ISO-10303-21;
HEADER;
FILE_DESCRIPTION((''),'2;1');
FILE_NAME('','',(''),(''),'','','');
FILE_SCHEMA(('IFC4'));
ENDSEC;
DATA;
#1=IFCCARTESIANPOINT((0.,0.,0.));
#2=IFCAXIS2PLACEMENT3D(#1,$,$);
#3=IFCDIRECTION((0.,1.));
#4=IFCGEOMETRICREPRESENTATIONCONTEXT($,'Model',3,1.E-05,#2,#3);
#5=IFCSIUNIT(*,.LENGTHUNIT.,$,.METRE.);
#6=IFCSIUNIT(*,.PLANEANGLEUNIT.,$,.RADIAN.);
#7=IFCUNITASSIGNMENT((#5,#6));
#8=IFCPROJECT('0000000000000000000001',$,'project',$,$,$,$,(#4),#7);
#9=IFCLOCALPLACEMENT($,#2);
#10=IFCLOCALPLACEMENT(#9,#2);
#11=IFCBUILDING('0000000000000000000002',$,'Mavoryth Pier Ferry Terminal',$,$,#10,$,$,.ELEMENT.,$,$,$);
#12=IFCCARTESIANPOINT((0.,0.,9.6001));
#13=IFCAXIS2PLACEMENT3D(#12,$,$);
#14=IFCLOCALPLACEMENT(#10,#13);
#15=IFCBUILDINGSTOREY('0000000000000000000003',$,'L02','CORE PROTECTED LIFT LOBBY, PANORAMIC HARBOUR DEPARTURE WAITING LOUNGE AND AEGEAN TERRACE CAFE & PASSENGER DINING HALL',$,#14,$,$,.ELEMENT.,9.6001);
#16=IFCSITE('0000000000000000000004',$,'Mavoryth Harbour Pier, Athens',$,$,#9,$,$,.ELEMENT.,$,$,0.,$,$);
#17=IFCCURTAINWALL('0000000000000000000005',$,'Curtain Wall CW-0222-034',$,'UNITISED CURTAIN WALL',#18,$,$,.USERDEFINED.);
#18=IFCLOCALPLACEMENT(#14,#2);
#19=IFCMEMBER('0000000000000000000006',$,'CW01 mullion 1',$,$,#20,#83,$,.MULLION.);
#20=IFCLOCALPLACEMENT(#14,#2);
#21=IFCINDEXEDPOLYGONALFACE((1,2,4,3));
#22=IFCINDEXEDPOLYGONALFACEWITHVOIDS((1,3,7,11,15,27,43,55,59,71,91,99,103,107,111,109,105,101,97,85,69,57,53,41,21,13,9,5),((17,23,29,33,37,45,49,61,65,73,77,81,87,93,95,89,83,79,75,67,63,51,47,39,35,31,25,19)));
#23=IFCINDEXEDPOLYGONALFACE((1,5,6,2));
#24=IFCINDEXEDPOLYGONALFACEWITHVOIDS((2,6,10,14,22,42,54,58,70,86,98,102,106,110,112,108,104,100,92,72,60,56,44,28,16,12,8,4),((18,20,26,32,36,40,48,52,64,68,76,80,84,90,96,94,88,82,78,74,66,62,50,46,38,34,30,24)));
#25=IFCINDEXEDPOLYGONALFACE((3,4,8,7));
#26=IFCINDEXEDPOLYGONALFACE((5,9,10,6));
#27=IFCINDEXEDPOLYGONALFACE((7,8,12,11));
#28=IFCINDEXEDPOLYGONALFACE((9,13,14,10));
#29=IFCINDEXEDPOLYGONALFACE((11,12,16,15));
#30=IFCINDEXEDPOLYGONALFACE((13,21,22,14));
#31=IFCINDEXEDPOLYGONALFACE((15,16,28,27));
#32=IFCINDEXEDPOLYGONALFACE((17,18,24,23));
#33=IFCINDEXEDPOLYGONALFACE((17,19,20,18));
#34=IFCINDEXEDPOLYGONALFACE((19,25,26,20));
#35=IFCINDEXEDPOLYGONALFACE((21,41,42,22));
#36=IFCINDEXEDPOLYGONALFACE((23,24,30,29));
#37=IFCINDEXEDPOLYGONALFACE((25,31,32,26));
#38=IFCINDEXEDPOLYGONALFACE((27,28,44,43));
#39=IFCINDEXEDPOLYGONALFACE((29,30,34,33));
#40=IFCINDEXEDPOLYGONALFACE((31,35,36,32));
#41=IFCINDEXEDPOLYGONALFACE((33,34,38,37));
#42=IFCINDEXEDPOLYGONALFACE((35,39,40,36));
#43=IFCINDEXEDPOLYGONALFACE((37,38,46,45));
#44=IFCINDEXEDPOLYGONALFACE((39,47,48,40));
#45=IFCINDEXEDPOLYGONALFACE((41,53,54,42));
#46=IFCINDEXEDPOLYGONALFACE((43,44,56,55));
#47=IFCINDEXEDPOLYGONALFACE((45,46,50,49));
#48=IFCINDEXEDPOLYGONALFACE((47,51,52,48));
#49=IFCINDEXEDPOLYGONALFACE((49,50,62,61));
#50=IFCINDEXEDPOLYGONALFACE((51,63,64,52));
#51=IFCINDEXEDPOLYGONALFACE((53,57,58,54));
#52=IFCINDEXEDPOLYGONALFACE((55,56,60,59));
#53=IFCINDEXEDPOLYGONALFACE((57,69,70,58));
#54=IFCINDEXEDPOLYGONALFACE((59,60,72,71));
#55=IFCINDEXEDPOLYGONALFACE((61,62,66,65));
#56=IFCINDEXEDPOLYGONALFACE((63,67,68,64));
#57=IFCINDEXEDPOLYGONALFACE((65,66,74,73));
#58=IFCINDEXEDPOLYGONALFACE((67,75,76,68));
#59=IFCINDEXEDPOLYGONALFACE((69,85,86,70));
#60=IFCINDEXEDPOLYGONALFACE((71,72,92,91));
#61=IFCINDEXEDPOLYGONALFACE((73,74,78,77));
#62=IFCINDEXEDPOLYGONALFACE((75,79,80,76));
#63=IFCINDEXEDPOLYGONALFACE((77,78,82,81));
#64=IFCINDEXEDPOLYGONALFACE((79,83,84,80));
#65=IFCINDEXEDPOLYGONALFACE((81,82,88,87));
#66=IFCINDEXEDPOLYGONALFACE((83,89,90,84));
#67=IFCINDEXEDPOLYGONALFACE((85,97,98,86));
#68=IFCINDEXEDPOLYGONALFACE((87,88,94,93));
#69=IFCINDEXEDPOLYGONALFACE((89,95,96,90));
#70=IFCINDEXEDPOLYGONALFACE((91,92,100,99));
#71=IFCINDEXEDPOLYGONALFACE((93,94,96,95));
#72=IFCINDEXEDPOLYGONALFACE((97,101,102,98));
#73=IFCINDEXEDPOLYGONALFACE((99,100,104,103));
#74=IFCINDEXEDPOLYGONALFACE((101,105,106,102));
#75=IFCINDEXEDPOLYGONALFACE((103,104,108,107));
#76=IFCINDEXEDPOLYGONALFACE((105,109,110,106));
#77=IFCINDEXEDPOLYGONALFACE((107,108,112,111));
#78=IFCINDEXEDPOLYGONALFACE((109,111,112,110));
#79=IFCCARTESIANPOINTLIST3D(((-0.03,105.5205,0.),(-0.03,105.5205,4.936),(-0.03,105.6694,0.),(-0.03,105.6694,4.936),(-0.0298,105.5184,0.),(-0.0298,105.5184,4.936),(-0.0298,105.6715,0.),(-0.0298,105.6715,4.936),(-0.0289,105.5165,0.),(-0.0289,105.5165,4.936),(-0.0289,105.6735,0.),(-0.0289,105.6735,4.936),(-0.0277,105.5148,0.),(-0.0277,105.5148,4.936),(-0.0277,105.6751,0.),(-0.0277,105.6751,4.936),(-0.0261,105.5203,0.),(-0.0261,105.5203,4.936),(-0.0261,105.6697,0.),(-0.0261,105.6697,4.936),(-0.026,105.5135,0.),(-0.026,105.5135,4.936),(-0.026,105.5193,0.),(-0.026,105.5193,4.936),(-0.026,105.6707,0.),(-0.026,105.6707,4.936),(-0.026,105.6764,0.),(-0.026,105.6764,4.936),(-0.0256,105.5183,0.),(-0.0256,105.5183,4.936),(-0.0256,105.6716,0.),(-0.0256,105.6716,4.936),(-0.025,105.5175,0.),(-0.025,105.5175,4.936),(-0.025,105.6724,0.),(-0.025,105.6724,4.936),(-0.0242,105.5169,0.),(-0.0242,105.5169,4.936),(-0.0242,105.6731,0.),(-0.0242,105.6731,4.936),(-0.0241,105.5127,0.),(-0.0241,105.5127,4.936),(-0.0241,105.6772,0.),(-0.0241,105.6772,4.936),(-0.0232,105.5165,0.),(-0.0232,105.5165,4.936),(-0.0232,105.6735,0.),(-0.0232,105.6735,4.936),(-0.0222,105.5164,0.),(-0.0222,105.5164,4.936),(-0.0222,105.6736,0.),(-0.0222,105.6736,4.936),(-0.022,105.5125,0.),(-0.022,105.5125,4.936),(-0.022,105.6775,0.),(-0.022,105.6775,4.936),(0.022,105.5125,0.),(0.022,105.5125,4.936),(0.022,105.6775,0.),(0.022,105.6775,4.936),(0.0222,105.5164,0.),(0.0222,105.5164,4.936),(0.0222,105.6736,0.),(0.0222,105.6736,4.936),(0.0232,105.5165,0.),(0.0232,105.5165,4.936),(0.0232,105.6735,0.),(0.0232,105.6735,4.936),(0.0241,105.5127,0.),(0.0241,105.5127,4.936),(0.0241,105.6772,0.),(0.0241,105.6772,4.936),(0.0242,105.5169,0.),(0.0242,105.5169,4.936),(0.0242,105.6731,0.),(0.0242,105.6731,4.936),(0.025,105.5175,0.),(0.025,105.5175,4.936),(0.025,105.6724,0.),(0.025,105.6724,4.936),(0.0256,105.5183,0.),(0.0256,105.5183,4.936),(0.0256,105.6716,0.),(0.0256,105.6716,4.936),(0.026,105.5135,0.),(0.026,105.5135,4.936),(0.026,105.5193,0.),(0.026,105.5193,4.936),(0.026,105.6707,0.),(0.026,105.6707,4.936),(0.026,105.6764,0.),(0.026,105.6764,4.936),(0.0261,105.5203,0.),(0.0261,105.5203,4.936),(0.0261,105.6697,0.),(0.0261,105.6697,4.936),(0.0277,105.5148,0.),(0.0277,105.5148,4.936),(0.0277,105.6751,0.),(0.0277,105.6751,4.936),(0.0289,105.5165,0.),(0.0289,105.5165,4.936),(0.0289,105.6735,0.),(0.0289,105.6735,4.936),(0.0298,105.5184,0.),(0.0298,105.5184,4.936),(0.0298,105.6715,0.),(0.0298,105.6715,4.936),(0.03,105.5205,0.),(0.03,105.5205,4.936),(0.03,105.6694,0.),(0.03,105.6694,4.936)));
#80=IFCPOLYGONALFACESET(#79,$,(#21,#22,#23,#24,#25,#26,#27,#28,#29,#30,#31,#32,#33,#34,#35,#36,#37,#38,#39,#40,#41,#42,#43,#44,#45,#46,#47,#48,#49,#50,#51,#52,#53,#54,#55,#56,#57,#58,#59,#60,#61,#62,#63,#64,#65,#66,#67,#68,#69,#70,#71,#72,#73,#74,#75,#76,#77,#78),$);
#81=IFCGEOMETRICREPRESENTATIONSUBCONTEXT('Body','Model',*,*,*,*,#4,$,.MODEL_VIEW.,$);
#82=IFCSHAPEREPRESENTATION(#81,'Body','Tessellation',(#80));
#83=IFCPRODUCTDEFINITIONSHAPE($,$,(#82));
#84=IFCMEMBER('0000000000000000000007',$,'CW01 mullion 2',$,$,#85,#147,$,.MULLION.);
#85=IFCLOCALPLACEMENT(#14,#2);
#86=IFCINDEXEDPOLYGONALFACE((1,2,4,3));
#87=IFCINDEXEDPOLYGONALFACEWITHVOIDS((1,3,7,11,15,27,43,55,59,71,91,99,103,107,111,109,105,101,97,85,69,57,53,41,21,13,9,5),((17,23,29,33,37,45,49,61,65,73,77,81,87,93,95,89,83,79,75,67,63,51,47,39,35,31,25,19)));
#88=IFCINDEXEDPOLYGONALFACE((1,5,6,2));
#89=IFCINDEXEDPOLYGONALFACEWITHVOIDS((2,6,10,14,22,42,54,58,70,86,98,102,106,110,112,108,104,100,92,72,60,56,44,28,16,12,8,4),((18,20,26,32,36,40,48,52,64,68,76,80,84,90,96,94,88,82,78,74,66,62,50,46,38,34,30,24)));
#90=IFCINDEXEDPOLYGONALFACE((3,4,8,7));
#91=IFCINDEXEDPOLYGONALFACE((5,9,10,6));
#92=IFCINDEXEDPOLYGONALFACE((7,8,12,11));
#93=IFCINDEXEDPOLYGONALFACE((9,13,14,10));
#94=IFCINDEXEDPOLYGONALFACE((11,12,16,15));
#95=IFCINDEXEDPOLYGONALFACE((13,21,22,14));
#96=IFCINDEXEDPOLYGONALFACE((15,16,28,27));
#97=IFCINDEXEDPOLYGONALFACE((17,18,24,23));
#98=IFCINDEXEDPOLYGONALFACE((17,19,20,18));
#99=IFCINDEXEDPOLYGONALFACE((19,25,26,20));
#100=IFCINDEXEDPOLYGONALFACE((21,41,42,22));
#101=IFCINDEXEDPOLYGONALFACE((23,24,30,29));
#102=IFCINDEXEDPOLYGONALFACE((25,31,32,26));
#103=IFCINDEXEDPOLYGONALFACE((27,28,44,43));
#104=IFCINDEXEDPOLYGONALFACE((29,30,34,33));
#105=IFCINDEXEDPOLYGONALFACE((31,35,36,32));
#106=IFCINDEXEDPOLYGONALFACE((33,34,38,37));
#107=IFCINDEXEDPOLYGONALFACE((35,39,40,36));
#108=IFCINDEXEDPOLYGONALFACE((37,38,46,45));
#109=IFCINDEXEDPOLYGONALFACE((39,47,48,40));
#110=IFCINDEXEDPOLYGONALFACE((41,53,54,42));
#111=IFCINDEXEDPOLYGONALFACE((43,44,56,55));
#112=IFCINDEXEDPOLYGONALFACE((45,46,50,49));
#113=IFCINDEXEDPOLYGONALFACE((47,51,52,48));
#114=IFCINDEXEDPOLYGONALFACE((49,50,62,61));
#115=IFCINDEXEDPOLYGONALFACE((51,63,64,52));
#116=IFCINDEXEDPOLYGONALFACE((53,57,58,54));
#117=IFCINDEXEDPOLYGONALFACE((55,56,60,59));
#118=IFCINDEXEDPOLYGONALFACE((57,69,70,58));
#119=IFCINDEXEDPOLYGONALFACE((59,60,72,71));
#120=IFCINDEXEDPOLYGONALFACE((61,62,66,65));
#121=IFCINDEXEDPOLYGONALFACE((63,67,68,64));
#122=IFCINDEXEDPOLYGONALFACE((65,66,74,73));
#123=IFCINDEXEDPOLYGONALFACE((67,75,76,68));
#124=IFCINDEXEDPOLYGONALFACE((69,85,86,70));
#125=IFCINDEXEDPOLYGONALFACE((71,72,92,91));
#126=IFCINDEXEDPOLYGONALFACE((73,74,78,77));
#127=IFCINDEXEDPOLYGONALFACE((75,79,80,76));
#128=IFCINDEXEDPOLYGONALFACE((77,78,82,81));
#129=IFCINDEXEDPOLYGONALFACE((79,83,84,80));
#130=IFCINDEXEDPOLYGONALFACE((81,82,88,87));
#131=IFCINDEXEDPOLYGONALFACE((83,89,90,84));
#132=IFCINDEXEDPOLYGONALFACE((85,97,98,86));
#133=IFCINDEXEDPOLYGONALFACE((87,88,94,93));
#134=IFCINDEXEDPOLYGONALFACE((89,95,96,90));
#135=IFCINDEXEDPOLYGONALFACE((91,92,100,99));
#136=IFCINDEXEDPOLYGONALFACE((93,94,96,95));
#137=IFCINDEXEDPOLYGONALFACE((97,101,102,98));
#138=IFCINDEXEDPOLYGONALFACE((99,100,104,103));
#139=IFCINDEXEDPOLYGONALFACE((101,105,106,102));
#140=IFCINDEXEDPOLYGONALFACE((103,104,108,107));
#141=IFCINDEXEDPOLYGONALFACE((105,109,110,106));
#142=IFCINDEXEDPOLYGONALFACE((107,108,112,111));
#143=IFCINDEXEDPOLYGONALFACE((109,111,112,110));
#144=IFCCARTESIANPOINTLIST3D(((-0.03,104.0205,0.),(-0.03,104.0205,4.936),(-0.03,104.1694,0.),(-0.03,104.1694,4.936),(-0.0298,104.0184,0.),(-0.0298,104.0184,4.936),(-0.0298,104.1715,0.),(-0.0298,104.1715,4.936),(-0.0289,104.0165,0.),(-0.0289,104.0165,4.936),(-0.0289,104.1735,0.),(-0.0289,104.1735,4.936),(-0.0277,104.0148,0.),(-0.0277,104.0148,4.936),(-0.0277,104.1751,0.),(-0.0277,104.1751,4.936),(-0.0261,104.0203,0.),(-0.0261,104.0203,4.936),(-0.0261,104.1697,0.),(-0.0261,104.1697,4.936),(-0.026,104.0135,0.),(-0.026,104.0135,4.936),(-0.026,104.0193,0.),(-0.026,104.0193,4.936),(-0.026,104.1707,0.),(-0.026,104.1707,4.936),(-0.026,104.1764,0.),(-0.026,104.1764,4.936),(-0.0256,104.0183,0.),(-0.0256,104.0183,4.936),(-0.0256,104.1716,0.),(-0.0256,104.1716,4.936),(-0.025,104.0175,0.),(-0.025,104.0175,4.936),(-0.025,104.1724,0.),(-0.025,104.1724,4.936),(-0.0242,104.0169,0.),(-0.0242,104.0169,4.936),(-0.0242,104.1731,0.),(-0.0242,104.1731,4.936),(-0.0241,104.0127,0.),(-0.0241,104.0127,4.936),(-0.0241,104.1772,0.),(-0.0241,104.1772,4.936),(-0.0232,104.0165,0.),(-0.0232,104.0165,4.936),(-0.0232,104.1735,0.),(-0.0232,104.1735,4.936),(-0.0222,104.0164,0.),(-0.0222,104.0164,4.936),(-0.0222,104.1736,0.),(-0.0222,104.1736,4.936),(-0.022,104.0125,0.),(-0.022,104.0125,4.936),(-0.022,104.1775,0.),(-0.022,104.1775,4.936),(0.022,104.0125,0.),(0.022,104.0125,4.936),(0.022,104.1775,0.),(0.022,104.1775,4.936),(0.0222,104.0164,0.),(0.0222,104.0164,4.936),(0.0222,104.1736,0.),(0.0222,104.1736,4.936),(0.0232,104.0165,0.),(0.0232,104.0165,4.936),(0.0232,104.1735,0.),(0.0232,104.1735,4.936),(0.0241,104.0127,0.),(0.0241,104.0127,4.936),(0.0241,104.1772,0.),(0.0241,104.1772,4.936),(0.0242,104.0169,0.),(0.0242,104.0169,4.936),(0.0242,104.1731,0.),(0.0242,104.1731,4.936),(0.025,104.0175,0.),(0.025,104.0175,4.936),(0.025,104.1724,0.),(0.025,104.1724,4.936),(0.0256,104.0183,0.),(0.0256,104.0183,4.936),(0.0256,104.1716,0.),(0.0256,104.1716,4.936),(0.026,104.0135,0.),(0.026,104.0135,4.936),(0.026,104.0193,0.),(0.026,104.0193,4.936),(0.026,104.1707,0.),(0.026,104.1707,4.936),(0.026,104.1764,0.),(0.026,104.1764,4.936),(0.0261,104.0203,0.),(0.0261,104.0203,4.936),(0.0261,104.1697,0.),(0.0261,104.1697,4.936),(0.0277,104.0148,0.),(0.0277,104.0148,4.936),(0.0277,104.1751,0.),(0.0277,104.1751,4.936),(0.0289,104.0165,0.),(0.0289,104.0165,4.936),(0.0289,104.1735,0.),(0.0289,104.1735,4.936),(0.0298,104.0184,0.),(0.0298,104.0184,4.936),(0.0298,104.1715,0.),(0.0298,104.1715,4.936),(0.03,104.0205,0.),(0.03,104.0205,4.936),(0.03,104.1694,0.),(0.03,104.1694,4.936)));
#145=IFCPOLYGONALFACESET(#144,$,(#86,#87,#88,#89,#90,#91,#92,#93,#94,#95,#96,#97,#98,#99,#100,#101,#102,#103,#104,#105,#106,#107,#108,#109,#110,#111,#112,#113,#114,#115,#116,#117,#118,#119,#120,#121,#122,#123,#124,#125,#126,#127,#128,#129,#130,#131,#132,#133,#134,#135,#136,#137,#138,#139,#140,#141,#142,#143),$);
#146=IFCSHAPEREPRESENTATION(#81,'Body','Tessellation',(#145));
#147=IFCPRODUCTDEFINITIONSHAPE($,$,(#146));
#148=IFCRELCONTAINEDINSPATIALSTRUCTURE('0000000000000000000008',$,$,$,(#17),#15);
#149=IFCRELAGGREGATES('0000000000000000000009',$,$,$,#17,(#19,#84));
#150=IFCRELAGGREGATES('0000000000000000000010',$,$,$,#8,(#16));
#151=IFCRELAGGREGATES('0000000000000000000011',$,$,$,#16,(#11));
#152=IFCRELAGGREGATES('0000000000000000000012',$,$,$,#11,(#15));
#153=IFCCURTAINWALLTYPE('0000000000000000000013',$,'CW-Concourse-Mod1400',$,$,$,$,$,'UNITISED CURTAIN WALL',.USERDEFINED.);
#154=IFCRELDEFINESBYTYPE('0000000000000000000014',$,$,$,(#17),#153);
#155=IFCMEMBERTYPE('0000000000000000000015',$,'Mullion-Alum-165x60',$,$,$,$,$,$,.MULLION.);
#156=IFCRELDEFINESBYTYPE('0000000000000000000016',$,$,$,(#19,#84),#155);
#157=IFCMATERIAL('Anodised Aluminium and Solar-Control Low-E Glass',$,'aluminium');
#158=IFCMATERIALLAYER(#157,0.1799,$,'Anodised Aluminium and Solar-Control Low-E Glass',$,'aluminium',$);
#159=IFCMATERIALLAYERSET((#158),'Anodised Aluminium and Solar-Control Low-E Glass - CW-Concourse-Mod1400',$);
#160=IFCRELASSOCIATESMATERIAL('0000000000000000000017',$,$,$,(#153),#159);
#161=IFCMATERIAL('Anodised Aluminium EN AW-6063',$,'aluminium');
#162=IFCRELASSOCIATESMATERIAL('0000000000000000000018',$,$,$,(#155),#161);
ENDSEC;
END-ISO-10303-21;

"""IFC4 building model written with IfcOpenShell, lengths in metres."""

from ifc_helpers import new_model, si_unit, direction, frame, origin, origin_2d, place, context, subcontext, project, spatial, hollow_rectangle, extrude, material, layer, layer_set, material_profile, profile_set, type_object, element, aggregate, save


model = new_model("IFC4")

# Units and contexts
model_context = context("Model", 3, precision=1e-05, world=origin(), true_north=direction((0.0, 1.0)))
body_context = subcontext(model_context, "Body", "Model", "MODEL_VIEW")
ifc_project = project(units=[si_unit("LENGTHUNIT", "METRE"), si_unit("PLANEANGLEUNIT", "RADIAN")], contexts=[model_context])

# Site, building, storey
site_placement = place(None, origin())
site = spatial("IfcSite", under=ifc_project, at=site_placement, Name="Mavoryth Harbour Pier, Athens", CompositionType="ELEMENT", RefElevation=0.0)
building_placement = place(site_placement, origin())
building = spatial("IfcBuilding", under=site, at=building_placement, Name="Mavoryth Pier Ferry Terminal", CompositionType="ELEMENT")
storey_placement = place(building_placement, frame((0.0, 0.0, 9.6001)))
storey = spatial("IfcBuildingStorey", under=building, at=storey_placement, Name="L02", Description="CORE PROTECTED LIFT LOBBY, PANORAMIC HARBOUR DEPARTURE WAITING LOUNGE AND AEGEAN TERRACE CAFE & PASSENGER DINING HALL", CompositionType="ELEMENT", Elevation=9.6001)

# Curtain wall, members
ifc_material_1 = material(Name="Anodised Aluminium and Solar-Control Low-E Glass", Category="aluminium")
ifc_layer_1 = layer(ifc_material_1, 0.1799, Name="Anodised Aluminium and Solar-Control Low-E Glass", Category="aluminium")
ifc_layer_set_1 = layer_set([ifc_layer_1], Name="Anodised Aluminium and Solar-Control Low-E Glass - CW-Concourse-Mod1400")
curtain_wall_type_1 = type_object("IfcCurtainWallType", Name="CW-Concourse-Mod1400", ElementType="UNITISED CURTAIN WALL", PredefinedType="USERDEFINED", material=ifc_layer_set_1)
curtain_wall_1_placement = place(storey_placement, origin())
curtain_wall_1 = element("IfcCurtainWall", 1, at=curtain_wall_1_placement, inside=storey, type_object=curtain_wall_type_1, Name="Curtain Wall CW-0222-034", ObjectType="UNITISED CURTAIN WALL", PredefinedType="USERDEFINED")
ifc_material_2 = material(Name="Anodised Aluminium EN AW-6063", Category="aluminium")
ifc_material_profile_1 = material_profile(ifc_material_2, hollow_rectangle(XDim=0.0601, YDim=0.165, WallThickness=0.0039, InnerFilletRadius=0.0039, OuterFilletRadius=0.0081, at=origin_2d()), Name="AL-MULL 165x60x4", Category="aluminium")
ifc_profile_set_1 = profile_set([ifc_material_profile_1], Name="Anodised Aluminium EN AW-6063 - AL-MULL 165x60x4")
member_type_1 = type_object("IfcMemberType", Name="Mullion-Alum-165x60", PredefinedType="MULLION", material=ifc_profile_set_1)
member_1_placement = place(storey_placement, frame((0.0, 105.595, 0.0), z_axis=(0.0, 0.0, 1.0), x_axis=(1.0, 0.0, 0.0)))
member_1 = element("IfcMember", 2, at=member_1_placement, type_object=member_type_1, Name="CW01 mullion 1", PredefinedType="MULLION", context=body_context, shape_type="SweptSolid", body=[
    extrude(hollow_rectangle(XDim=0.0601, YDim=0.165, WallThickness=0.0039, InnerFilletRadius=0.0039, OuterFilletRadius=0.0081, at=origin_2d()), origin(), (0.0, 0.0, 1.0), 4.936),
])
member_2_placement = place(storey_placement, frame((0.0, 104.095, 0.0), z_axis=(0.0, 0.0, 1.0), x_axis=(1.0, 0.0, 0.0)))
member_2 = element("IfcMember", 3, at=member_2_placement, type_object=member_type_1, Name="CW01 mullion 2", PredefinedType="MULLION", context=body_context, shape_type="SweptSolid", body=[
    extrude(hollow_rectangle(XDim=0.0601, YDim=0.165, WallThickness=0.0039, InnerFilletRadius=0.0039, OuterFilletRadius=0.0081, at=origin_2d()), origin(), (0.0, 0.0, 1.0), 4.936),
])

aggregate(curtain_wall_1, [member_1, member_2])

save(model, "model.ifc")
